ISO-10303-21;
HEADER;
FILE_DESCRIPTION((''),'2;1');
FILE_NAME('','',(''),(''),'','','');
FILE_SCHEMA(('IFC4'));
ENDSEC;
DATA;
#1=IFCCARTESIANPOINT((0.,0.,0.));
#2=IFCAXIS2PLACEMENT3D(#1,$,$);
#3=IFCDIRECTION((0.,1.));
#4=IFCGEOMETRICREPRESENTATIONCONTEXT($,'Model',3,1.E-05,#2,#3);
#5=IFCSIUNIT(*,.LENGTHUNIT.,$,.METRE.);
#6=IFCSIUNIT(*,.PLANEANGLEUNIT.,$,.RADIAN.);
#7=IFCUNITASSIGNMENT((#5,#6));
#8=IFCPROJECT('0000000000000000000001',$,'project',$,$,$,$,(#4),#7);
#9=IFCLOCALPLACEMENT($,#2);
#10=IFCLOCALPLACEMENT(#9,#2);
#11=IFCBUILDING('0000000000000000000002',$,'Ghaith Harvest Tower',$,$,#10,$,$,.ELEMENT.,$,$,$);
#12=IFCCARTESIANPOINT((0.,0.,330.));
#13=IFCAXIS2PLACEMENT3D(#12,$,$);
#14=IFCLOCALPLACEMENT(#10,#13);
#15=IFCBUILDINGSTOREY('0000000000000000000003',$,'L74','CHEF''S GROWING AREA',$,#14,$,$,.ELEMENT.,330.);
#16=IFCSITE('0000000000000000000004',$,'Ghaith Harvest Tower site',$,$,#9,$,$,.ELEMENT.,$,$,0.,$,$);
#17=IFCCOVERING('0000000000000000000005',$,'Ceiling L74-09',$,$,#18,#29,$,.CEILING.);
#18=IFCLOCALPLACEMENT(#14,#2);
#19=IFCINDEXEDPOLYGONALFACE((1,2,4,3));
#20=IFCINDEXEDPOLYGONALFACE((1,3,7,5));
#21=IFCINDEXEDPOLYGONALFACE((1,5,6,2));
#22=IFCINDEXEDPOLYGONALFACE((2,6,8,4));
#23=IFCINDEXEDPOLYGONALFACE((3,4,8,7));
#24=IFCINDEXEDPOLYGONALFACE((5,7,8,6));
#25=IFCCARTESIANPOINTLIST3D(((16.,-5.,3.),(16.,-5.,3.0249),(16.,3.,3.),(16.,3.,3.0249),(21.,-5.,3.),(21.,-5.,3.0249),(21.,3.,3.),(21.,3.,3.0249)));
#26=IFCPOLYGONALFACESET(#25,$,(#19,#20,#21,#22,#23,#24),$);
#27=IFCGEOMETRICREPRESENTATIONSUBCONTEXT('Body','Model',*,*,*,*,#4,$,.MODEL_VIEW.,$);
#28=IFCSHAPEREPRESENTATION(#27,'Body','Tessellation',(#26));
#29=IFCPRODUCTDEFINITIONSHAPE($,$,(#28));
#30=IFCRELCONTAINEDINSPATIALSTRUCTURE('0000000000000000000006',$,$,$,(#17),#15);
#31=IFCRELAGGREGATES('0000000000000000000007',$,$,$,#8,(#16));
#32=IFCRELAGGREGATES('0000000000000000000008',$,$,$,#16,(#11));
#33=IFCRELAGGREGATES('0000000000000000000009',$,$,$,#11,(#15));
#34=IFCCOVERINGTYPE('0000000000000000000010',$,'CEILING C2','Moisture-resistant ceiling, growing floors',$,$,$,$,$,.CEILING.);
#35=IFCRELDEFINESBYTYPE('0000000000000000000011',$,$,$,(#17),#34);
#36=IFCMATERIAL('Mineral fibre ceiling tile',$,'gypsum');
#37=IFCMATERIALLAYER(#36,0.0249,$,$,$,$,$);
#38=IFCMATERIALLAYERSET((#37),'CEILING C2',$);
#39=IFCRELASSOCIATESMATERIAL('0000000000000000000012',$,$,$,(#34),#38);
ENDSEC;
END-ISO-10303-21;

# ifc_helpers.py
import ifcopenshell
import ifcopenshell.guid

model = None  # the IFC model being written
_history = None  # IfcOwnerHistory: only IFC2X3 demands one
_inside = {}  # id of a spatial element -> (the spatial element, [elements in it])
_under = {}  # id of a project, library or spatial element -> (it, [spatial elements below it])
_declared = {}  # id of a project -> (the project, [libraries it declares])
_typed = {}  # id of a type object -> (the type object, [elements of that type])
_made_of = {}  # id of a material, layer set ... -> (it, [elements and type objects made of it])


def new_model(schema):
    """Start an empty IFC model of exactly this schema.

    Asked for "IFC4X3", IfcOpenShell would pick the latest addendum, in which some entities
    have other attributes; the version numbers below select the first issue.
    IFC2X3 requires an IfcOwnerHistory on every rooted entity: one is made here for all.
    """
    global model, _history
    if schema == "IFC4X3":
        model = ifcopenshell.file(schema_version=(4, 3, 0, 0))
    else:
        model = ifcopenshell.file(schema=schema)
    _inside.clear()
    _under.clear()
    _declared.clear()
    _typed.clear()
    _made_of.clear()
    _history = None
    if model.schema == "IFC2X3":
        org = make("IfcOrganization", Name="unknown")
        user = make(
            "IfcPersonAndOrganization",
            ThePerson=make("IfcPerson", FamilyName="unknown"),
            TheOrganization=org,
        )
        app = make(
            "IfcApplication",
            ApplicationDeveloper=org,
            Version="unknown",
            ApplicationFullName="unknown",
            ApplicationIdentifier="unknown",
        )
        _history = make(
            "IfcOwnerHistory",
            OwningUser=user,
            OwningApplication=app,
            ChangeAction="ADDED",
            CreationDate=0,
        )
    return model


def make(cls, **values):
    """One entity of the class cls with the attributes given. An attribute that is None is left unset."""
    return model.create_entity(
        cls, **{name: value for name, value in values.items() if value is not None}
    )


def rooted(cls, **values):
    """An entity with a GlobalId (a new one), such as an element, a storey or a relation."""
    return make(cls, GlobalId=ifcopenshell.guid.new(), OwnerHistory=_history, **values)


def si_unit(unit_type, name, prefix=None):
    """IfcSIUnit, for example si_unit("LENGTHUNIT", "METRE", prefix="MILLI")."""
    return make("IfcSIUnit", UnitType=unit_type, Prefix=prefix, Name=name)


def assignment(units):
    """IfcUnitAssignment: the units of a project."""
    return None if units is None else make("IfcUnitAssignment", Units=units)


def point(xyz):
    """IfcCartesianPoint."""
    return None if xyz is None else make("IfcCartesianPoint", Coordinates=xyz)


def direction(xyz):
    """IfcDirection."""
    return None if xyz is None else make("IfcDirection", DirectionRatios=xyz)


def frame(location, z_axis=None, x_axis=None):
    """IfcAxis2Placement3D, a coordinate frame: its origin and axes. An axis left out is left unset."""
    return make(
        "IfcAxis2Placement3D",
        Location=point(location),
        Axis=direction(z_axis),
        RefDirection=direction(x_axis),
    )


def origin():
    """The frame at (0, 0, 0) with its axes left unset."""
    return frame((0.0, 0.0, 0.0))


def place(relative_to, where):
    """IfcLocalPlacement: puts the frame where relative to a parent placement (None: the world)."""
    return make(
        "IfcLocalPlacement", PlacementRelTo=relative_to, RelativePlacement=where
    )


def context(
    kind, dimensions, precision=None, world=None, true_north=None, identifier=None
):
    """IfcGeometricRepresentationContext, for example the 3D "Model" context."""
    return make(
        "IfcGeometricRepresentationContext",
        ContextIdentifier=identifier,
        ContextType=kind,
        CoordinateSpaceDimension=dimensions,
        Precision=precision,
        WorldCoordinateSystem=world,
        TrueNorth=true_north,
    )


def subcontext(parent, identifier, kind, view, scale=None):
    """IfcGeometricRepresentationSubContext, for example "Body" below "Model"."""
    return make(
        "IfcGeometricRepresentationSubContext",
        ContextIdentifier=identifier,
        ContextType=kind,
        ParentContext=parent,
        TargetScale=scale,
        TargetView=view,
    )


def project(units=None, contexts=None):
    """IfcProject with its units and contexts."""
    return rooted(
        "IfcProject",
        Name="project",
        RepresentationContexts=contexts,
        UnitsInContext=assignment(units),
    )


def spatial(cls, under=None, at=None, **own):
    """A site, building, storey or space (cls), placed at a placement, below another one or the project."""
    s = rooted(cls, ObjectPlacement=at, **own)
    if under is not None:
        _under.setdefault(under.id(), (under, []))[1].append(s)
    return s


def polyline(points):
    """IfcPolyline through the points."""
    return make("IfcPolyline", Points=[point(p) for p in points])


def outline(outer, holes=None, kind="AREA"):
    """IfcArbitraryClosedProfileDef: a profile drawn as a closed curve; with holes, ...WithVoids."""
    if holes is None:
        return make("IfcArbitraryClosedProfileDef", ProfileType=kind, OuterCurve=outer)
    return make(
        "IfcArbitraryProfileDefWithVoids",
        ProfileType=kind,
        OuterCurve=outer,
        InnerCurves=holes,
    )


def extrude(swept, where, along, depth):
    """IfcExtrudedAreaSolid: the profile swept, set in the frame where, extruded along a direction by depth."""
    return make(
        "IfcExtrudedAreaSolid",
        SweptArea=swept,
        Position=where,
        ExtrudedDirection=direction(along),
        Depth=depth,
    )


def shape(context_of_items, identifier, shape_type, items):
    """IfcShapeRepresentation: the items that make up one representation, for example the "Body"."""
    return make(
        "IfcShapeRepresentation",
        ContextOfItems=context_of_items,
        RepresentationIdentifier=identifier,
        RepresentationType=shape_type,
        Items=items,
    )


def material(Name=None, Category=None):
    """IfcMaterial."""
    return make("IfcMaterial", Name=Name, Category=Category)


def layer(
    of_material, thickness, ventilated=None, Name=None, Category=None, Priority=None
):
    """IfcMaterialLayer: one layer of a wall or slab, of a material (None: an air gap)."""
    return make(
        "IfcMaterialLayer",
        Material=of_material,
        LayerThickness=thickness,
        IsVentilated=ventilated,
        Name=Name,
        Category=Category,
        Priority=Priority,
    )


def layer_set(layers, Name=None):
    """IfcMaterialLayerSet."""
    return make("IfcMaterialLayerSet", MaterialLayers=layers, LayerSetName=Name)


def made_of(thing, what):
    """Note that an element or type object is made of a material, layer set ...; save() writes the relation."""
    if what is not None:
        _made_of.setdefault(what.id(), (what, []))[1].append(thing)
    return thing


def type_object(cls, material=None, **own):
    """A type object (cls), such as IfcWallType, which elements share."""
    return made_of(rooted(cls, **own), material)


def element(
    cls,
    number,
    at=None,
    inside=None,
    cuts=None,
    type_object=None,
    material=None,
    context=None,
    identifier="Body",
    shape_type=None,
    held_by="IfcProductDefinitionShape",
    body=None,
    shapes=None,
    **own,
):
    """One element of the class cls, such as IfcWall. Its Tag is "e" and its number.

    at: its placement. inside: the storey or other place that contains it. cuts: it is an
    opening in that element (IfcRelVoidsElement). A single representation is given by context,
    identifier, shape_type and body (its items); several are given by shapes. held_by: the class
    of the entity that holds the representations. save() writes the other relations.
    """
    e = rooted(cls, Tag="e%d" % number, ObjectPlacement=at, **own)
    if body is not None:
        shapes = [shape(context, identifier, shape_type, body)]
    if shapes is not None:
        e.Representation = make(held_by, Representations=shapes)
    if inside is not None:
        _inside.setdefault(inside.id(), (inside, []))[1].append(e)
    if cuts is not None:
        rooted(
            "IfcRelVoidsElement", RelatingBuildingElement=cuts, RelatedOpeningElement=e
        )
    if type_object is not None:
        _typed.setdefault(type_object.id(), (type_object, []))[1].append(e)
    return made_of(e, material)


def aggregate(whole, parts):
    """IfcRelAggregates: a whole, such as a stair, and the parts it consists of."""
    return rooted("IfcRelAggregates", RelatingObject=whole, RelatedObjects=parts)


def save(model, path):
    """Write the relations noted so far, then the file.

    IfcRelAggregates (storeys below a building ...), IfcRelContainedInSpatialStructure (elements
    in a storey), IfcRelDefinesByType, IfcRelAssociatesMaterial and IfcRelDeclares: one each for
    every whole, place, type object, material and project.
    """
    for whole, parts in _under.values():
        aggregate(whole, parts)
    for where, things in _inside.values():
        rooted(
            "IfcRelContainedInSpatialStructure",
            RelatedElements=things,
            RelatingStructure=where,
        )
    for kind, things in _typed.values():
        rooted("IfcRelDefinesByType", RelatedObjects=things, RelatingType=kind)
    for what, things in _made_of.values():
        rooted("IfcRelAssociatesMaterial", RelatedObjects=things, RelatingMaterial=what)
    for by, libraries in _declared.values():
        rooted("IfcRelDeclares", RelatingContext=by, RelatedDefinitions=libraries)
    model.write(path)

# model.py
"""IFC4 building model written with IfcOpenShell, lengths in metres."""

from ifc_helpers import new_model, si_unit, direction, frame, origin, place, context, subcontext, project, spatial, polyline, outline, extrude, material, layer, layer_set, type_object, element, save


model = new_model("IFC4")

# Units and contexts
model_context = context("Model", 3, precision=1e-05, world=origin(), true_north=direction((0.0, 1.0)))
body_context = subcontext(model_context, "Body", "Model", "MODEL_VIEW")
ifc_project = project(units=[si_unit("LENGTHUNIT", "METRE"), si_unit("PLANEANGLEUNIT", "RADIAN")], contexts=[model_context])

# Site, building, storey
site_placement = place(None, origin())
site = spatial("IfcSite", under=ifc_project, at=site_placement, Name="Ghaith Harvest Tower site", CompositionType="ELEMENT", RefElevation=0.0)
building_placement = place(site_placement, origin())
building = spatial("IfcBuilding", under=site, at=building_placement, Name="Ghaith Harvest Tower", CompositionType="ELEMENT")
storey_placement = place(building_placement, frame((0.0, 0.0, 330.0)))
storey = spatial("IfcBuildingStorey", under=building, at=storey_placement, Name="L74", Description="CHEF'S GROWING AREA", CompositionType="ELEMENT", Elevation=330.0)

# Covering
ifc_material_1 = material(Name="Mineral fibre ceiling tile", Category="gypsum")
ifc_layer_1 = layer(ifc_material_1, 0.0249)
ifc_layer_set_1 = layer_set([ifc_layer_1], Name="CEILING C2")
covering_type = type_object("IfcCoveringType", Name="CEILING C2", Description="Moisture-resistant ceiling, growing floors", PredefinedType="CEILING", material=ifc_layer_set_1)
covering_1_placement = place(storey_placement, frame((0.0, 0.0, 3.0)))
element("IfcCovering", 1, at=covering_1_placement, inside=storey, type_object=covering_type, Name="Ceiling L74-09", PredefinedType="CEILING", context=body_context, shape_type="SweptSolid", body=[
    extrude(outline(polyline([(16.0, -5.0), (21.0, -5.0), (21.0, 3.0), (16.0, 3.0), (16.0, -5.0)])), origin(), (0.0, 0.0, 1.0), 0.0249),
])

save(model, "model.ifc")
